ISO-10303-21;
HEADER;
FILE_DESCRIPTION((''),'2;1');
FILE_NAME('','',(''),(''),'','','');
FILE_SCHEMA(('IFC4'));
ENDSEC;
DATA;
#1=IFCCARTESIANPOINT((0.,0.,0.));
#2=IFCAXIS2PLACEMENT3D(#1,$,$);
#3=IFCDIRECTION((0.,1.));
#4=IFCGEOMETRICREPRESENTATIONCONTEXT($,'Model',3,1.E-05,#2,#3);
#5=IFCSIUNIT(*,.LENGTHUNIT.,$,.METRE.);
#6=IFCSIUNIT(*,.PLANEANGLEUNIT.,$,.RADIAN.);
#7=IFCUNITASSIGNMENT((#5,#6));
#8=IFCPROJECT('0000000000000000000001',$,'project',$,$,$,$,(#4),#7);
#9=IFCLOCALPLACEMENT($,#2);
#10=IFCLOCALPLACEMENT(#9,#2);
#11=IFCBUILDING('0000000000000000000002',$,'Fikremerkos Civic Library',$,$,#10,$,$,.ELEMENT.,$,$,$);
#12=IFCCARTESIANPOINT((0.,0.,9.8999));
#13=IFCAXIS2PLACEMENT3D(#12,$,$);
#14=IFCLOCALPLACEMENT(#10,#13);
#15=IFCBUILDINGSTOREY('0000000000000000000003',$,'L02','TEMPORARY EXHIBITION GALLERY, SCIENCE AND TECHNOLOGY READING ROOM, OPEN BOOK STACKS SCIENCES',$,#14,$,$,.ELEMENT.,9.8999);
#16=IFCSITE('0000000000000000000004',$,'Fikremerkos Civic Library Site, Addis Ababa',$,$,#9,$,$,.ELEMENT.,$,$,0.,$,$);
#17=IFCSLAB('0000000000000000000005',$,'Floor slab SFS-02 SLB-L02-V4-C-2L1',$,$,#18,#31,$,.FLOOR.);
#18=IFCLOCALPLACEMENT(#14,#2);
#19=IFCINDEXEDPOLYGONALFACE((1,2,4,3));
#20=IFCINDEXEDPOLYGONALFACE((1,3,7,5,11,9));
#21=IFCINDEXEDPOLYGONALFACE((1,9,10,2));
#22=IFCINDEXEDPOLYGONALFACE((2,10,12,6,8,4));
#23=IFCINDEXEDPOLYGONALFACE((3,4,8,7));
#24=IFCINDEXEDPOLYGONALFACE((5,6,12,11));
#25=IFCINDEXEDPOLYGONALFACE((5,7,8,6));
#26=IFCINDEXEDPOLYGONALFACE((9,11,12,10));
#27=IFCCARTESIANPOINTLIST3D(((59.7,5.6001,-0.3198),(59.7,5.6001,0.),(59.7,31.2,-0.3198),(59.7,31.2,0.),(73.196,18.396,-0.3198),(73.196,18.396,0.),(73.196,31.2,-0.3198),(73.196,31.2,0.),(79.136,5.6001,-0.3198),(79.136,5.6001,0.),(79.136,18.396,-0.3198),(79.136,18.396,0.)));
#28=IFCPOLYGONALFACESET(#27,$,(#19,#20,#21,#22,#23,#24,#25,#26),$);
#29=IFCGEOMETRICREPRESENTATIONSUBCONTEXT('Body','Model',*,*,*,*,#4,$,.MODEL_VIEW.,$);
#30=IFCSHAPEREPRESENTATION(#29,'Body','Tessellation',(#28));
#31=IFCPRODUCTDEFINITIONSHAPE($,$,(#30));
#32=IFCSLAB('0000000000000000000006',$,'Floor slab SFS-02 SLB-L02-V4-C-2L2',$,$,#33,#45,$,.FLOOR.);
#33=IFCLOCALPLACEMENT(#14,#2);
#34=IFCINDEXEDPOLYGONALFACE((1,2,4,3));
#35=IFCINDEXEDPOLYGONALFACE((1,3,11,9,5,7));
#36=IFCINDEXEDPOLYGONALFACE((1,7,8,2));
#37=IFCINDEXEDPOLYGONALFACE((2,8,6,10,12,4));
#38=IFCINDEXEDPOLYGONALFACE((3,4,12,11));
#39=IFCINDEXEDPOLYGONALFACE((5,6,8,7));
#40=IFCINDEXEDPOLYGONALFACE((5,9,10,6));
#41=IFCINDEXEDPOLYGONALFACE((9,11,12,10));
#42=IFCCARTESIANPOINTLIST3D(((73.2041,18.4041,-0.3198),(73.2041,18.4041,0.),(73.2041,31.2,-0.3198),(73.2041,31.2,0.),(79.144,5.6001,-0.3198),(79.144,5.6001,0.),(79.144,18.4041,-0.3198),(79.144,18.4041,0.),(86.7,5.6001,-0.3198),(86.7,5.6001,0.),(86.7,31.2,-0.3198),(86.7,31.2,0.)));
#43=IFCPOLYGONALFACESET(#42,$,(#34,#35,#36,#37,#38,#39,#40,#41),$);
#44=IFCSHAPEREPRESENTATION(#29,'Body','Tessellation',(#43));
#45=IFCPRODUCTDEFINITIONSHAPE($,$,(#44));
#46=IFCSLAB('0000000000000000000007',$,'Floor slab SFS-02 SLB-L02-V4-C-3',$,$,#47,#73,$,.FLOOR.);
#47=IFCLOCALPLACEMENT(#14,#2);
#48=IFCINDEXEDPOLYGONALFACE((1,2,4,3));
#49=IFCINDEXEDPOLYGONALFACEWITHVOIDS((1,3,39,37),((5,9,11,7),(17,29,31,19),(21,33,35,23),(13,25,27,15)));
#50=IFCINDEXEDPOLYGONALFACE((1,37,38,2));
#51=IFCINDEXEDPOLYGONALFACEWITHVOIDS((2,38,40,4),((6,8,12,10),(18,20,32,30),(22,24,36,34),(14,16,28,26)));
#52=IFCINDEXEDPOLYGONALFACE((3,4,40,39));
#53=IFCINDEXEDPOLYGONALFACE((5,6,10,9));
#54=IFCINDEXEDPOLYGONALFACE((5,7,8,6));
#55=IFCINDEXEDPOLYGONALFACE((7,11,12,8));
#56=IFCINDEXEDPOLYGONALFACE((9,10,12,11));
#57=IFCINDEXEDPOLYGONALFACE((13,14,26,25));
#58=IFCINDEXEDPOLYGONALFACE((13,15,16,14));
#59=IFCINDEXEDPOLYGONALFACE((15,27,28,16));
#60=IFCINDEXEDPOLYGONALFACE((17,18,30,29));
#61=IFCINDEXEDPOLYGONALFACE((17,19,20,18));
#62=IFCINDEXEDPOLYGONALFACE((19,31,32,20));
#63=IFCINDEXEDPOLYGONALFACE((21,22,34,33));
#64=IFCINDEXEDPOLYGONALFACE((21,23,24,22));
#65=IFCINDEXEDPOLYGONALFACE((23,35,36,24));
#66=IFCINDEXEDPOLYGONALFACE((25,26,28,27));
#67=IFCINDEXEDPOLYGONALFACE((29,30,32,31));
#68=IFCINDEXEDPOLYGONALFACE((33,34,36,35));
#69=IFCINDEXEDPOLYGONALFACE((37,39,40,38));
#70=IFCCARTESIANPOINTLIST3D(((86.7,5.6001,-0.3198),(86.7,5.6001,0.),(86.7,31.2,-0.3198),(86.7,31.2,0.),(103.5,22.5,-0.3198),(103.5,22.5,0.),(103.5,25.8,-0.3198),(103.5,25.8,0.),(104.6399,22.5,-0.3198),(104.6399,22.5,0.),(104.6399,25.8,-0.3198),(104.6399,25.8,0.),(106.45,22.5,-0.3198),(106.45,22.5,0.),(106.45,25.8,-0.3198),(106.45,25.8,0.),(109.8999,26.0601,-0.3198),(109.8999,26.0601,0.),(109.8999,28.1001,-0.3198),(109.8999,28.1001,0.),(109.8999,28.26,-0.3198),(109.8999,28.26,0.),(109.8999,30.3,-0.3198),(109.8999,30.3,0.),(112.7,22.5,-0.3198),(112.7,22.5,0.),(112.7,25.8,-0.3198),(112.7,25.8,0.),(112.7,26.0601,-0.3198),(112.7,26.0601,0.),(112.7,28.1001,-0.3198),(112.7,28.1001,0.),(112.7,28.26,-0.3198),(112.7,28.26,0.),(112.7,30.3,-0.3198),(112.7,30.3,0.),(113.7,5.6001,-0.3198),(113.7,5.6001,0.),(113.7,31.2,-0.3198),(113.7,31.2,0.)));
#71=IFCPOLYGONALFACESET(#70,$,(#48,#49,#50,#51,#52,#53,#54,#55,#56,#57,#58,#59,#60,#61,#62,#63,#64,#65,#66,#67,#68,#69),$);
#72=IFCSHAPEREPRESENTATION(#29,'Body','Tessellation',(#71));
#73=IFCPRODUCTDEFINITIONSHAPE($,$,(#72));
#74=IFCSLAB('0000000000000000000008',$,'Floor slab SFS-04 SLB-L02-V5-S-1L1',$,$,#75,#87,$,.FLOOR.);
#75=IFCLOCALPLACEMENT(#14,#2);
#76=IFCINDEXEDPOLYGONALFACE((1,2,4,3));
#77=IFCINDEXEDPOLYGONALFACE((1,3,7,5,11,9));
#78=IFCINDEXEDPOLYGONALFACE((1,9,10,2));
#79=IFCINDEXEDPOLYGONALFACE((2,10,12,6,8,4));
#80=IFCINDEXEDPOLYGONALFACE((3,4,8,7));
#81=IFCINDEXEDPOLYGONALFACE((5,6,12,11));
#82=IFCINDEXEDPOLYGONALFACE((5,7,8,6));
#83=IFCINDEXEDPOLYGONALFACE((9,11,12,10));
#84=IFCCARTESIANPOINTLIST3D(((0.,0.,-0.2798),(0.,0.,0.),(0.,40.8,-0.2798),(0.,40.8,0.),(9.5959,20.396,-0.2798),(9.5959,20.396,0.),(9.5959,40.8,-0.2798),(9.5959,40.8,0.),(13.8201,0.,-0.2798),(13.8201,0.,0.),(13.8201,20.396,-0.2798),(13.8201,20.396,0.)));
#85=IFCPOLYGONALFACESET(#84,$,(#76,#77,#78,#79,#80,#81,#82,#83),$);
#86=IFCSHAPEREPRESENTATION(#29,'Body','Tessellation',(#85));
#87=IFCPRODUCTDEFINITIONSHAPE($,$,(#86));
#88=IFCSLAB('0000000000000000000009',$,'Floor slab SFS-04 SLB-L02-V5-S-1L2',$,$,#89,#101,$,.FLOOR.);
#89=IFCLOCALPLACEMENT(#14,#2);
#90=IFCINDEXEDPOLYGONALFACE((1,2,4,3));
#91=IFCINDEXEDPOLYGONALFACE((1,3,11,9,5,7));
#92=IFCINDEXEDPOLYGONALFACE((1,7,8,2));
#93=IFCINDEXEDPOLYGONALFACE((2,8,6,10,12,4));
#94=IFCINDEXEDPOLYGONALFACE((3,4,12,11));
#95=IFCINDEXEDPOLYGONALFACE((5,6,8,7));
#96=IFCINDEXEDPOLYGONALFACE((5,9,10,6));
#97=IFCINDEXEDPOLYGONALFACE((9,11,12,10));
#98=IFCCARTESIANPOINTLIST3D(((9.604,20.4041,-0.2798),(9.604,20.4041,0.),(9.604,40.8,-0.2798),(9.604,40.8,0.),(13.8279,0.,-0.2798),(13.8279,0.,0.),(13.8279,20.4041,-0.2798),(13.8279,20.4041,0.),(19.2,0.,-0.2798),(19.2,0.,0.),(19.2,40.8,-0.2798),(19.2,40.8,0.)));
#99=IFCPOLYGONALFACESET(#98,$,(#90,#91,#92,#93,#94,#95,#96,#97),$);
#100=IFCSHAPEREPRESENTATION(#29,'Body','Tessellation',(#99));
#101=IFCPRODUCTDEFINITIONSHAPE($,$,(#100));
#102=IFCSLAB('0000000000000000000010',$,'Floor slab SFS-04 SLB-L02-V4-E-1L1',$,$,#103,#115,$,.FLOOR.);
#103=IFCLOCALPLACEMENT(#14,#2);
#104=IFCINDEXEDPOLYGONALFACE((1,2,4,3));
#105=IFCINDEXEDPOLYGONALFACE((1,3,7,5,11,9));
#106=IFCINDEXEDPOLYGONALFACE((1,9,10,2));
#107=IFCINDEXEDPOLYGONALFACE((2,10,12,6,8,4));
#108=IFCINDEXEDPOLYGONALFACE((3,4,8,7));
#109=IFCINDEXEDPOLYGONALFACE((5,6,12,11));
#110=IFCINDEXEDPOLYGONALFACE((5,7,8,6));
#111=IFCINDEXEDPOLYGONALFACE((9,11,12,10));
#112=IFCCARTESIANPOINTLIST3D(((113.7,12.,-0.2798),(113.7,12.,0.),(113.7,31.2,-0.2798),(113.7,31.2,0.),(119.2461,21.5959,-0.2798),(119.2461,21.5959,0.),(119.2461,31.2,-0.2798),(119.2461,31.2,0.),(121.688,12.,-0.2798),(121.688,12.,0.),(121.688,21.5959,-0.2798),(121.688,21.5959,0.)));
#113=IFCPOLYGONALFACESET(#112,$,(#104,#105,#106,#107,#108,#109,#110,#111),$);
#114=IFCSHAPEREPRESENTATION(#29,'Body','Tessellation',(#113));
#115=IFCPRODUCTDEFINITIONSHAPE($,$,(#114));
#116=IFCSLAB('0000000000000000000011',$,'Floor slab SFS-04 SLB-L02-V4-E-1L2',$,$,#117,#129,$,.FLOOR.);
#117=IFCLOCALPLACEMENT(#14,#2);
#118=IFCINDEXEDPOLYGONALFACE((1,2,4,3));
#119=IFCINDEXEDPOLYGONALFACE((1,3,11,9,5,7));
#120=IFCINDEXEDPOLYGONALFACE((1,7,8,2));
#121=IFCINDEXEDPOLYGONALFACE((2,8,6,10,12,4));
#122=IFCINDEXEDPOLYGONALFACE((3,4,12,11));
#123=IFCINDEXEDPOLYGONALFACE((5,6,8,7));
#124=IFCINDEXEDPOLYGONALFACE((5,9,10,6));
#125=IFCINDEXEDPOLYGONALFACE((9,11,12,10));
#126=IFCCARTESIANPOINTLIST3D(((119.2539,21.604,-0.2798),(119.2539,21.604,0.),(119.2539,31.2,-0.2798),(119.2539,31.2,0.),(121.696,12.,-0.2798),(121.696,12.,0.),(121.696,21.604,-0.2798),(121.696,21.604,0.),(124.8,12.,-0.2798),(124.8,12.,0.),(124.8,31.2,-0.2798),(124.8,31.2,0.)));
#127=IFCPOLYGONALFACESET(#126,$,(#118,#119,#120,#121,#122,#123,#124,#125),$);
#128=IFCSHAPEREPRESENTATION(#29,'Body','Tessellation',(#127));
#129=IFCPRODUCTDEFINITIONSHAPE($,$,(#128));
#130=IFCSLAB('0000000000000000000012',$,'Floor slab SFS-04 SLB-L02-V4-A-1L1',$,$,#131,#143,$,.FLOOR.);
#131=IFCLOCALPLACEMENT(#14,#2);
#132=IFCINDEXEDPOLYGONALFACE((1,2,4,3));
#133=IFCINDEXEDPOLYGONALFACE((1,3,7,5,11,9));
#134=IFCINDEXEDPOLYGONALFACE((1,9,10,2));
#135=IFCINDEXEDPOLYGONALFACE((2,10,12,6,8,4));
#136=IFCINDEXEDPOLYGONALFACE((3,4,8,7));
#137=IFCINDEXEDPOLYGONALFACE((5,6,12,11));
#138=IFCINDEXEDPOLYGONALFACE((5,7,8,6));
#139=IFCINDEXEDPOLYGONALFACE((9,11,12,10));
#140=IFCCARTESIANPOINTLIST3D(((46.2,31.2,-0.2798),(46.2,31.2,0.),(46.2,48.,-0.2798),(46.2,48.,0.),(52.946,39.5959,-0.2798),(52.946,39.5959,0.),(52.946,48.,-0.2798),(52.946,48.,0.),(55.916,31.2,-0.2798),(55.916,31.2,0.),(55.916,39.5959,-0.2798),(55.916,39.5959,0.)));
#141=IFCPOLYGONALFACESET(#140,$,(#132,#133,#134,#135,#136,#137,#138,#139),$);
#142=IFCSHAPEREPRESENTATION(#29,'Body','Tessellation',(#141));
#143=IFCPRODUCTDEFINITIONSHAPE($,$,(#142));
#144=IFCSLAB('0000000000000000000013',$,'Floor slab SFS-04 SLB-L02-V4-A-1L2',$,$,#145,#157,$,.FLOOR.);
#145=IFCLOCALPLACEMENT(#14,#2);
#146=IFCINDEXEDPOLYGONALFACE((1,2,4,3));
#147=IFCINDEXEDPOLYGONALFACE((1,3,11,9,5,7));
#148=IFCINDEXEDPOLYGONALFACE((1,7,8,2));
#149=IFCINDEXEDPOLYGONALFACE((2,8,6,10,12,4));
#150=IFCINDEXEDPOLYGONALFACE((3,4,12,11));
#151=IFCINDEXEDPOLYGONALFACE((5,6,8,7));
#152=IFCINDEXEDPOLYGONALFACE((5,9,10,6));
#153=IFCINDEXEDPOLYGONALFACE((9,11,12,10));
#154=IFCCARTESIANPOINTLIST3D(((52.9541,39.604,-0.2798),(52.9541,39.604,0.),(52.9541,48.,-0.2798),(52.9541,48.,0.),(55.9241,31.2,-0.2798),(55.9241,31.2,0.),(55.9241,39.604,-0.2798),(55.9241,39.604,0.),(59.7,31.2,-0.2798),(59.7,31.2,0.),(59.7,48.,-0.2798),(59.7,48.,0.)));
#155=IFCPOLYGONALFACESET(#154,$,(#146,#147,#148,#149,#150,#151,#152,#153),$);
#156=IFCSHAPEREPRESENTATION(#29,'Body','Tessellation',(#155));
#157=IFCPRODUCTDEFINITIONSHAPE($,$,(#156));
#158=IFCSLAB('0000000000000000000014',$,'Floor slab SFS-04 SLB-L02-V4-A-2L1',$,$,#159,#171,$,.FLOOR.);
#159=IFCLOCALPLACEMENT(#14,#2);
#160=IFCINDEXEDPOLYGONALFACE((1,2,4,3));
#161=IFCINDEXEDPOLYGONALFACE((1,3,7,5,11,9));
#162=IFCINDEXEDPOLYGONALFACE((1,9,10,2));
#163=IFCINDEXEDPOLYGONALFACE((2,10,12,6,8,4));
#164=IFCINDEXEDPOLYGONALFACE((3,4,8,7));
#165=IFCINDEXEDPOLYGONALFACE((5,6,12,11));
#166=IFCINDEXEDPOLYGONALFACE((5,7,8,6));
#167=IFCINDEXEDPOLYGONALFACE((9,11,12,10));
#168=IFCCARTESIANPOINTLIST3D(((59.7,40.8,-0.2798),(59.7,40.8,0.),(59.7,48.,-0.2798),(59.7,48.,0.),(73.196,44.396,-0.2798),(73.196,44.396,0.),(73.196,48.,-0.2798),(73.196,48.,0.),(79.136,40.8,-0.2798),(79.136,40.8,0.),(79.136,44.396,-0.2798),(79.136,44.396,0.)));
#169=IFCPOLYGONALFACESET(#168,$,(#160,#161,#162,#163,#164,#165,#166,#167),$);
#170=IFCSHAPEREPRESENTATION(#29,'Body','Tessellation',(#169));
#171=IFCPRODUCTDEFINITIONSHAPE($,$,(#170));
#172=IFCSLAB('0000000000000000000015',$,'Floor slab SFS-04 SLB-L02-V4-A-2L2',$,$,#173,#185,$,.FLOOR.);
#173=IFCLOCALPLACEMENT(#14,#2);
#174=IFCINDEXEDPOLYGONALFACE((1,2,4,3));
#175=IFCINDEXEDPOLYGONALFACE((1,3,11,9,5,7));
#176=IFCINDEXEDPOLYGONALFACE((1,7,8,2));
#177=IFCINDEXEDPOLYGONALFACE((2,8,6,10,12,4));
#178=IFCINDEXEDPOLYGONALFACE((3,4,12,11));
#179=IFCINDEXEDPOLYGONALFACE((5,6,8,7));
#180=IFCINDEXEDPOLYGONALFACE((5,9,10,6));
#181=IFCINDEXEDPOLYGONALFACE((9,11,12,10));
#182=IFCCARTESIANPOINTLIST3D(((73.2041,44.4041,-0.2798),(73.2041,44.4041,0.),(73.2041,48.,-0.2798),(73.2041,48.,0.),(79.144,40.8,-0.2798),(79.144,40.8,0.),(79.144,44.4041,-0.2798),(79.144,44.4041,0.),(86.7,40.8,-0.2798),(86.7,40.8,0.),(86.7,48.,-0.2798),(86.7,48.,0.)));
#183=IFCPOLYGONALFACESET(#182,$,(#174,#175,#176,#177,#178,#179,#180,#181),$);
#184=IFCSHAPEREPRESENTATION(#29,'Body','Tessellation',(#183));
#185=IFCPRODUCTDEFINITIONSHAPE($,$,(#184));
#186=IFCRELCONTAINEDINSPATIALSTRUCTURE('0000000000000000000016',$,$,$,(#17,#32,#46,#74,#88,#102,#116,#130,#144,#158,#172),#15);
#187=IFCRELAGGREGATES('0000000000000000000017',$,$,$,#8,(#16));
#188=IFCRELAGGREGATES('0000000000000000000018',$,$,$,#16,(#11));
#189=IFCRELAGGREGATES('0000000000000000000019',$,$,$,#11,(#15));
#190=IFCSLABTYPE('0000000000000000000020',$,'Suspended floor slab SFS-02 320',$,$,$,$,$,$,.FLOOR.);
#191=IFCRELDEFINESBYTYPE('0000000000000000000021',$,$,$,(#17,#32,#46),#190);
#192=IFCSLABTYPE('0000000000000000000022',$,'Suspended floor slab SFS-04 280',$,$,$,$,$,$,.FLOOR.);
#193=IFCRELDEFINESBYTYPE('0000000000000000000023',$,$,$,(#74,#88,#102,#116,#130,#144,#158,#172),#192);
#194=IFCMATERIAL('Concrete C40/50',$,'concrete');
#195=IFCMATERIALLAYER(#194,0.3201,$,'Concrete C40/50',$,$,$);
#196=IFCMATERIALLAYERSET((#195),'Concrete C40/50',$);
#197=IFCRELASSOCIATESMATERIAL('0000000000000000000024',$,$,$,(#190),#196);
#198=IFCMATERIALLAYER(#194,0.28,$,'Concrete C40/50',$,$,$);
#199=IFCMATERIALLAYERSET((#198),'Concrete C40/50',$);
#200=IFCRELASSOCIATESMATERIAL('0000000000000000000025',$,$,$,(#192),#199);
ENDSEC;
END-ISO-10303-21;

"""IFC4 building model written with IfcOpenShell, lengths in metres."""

from ifc_helpers import new_model, si_unit, direction, frame, origin, place, context, subcontext, project, spatial, polyline, outline, extrude, material, layer, layer_set, type_object, element, save


model = new_model("IFC4")

# Units and contexts
model_context = context("Model", 3, precision=1e-05, world=origin(), true_north=direction((0.0, 1.0)))
body_context = subcontext(model_context, "Body", "Model", "MODEL_VIEW")
ifc_project = project(units=[si_unit("LENGTHUNIT", "METRE"), si_unit("PLANEANGLEUNIT", "RADIAN")], contexts=[model_context])

# Site, building, storey
site_placement = place(None, origin())
site = spatial("IfcSite", under=ifc_project, at=site_placement, Name="Fikremerkos Civic Library Site, Addis Ababa", CompositionType="ELEMENT", RefElevation=0.0)
building_placement = place(site_placement, origin())
building = spatial("IfcBuilding", under=site, at=building_placement, Name="Fikremerkos Civic Library", CompositionType="ELEMENT")
storey_placement = place(building_placement, frame((0.0, 0.0, 9.8999)))
storey = spatial("IfcBuildingStorey", under=building, at=storey_placement, Name="L02", Description="TEMPORARY EXHIBITION GALLERY, SCIENCE AND TECHNOLOGY READING ROOM, OPEN BOOK STACKS SCIENCES", CompositionType="ELEMENT", Elevation=9.8999)

# Shared definitions
ifc_material_1 = material(Name="Concrete C40/50", Category="concrete")

# Slabs
ifc_layer_1 = layer(ifc_material_1, 0.3201, Name="Concrete C40/50")
ifc_layer_set_1 = layer_set([ifc_layer_1], Name="Concrete C40/50")
slab_type_1 = type_object("IfcSlabType", Name="Suspended floor slab SFS-02 320", PredefinedType="FLOOR", material=ifc_layer_set_1)
slab_1_placement = place(storey_placement, frame((0.0, 0.0, -0.3198)))
element("IfcSlab", 1, at=slab_1_placement, inside=storey, type_object=slab_type_1, Name="Floor slab SFS-02 SLB-L02-V4-C-2L1", PredefinedType="FLOOR", context=body_context, shape_type="SweptSolid", body=[
    extrude(outline(polyline([(59.7, 5.6001), (79.136, 5.6001), (79.136, 18.396), (73.196, 18.396), (73.196, 31.2), (59.7, 31.2), (59.7, 5.6001)])), origin(), (0.0, 0.0, 1.0), 0.3198),
])
slab_2_placement = place(storey_placement, frame((0.0, 0.0, -0.3198)))
element("IfcSlab", 2, at=slab_2_placement, inside=storey, type_object=slab_type_1, Name="Floor slab SFS-02 SLB-L02-V4-C-2L2", PredefinedType="FLOOR", context=body_context, shape_type="SweptSolid", body=[
    extrude(outline(polyline([(79.144, 5.6001), (86.7, 5.6001), (86.7, 31.2), (73.2041, 31.2), (73.2041, 18.4041), (79.144, 18.4041), (79.144, 5.6001)])), origin(), (0.0, 0.0, 1.0), 0.3198),
])
slab_3_placement = place(storey_placement, frame((0.0, 0.0, -0.3198)))
element("IfcSlab", 3, at=slab_3_placement, inside=storey, type_object=slab_type_1, Name="Floor slab SFS-02 SLB-L02-V4-C-3", PredefinedType="FLOOR", context=body_context, shape_type="SweptSolid", body=[
    extrude(outline(polyline([(86.7, 5.6001), (113.7, 5.6001), (113.7, 31.2), (86.7, 31.2), (86.7, 5.6001)]), holes=[polyline([(106.45, 22.5), (112.7, 22.5), (112.7, 25.8), (106.45, 25.8), (106.45, 22.5)]), polyline([(109.8999, 26.0601), (112.7, 26.0601), (112.7, 28.1001), (109.8999, 28.1001), (109.8999, 26.0601)]), polyline([(109.8999, 28.26), (112.7, 28.26), (112.7, 30.3), (109.8999, 30.3), (109.8999, 28.26)]), polyline([(103.5, 22.5), (104.6399, 22.5), (104.6399, 25.8), (103.5, 25.8), (103.5, 22.5)])]), origin(), (0.0, 0.0, 1.0), 0.3198),
])
ifc_layer_2 = layer(ifc_material_1, 0.28, Name="Concrete C40/50")
ifc_layer_set_2 = layer_set([ifc_layer_2], Name="Concrete C40/50")
slab_type_2 = type_object("IfcSlabType", Name="Suspended floor slab SFS-04 280", PredefinedType="FLOOR", material=ifc_layer_set_2)
slab_4_placement = place(storey_placement, frame((0.0, 0.0, -0.2798)))
element("IfcSlab", 4, at=slab_4_placement, inside=storey, type_object=slab_type_2, Name="Floor slab SFS-04 SLB-L02-V5-S-1L1", PredefinedType="FLOOR", context=body_context, shape_type="SweptSolid", body=[
    extrude(outline(polyline([(0.0, 0.0), (13.8201, 0.0), (13.8201, 20.396), (9.5959, 20.396), (9.5959, 40.8), (0.0, 40.8), (0.0, 0.0)])), origin(), (0.0, 0.0, 1.0), 0.2798),
])
slab_5_placement = place(storey_placement, frame((0.0, 0.0, -0.2798)))
element("IfcSlab", 5, at=slab_5_placement, inside=storey, type_object=slab_type_2, Name="Floor slab SFS-04 SLB-L02-V5-S-1L2", PredefinedType="FLOOR", context=body_context, shape_type="SweptSolid", body=[
    extrude(outline(polyline([(13.8279, 0.0), (19.2, 0.0), (19.2, 40.8), (9.604, 40.8), (9.604, 20.4041), (13.8279, 20.4041), (13.8279, 0.0)])), origin(), (0.0, 0.0, 1.0), 0.2798),
])
slab_6_placement = place(storey_placement, frame((0.0, 0.0, -0.2798)))
element("IfcSlab", 6, at=slab_6_placement, inside=storey, type_object=slab_type_2, Name="Floor slab SFS-04 SLB-L02-V4-E-1L1", PredefinedType="FLOOR", context=body_context, shape_type="SweptSolid", body=[
    extrude(outline(polyline([(113.7, 12.0), (121.688, 12.0), (121.688, 21.5959), (119.2461, 21.5959), (119.2461, 31.2), (113.7, 31.2), (113.7, 12.0)])), origin(), (0.0, 0.0, 1.0), 0.2798),
])
slab_7_placement = place(storey_placement, frame((0.0, 0.0, -0.2798)))
element("IfcSlab", 7, at=slab_7_placement, inside=storey, type_object=slab_type_2, Name="Floor slab SFS-04 SLB-L02-V4-E-1L2", PredefinedType="FLOOR", context=body_context, shape_type="SweptSolid", body=[
    extrude(outline(polyline([(121.696, 12.0), (124.8, 12.0), (124.8, 31.2), (119.2539, 31.2), (119.2539, 21.604), (121.696, 21.604), (121.696, 12.0)])), origin(), (0.0, 0.0, 1.0), 0.2798),
])
slab_8_placement = place(storey_placement, frame((0.0, 0.0, -0.2798)))
element("IfcSlab", 8, at=slab_8_placement, inside=storey, type_object=slab_type_2, Name="Floor slab SFS-04 SLB-L02-V4-A-1L1", PredefinedType="FLOOR", context=body_context, shape_type="SweptSolid", body=[
    extrude(outline(polyline([(46.2, 31.2), (55.916, 31.2), (55.916, 39.5959), (52.946, 39.5959), (52.946, 48.0), (46.2, 48.0), (46.2, 31.2)])), origin(), (0.0, 0.0, 1.0), 0.2798),
])
slab_9_placement = place(storey_placement, frame((0.0, 0.0, -0.2798)))
element("IfcSlab", 9, at=slab_9_placement, inside=storey, type_object=slab_type_2, Name="Floor slab SFS-04 SLB-L02-V4-A-1L2", PredefinedType="FLOOR", context=body_context, shape_type="SweptSolid", body=[
    extrude(outline(polyline([(55.9241, 31.2), (59.7, 31.2), (59.7, 48.0), (52.9541, 48.0), (52.9541, 39.604), (55.9241, 39.604), (55.9241, 31.2)])), origin(), (0.0, 0.0, 1.0), 0.2798),
])
slab_10_placement = place(storey_placement, frame((0.0, 0.0, -0.2798)))
element("IfcSlab", 10, at=slab_10_placement, inside=storey, type_object=slab_type_2, Name="Floor slab SFS-04 SLB-L02-V4-A-2L1", PredefinedType="FLOOR", context=body_context, shape_type="SweptSolid", body=[
    extrude(outline(polyline([(59.7, 40.8), (79.136, 40.8), (79.136, 44.396), (73.196, 44.396), (73.196, 48.0), (59.7, 48.0), (59.7, 40.8)])), origin(), (0.0, 0.0, 1.0), 0.2798),
])
slab_11_placement = place(storey_placement, frame((0.0, 0.0, -0.2798)))
element("IfcSlab", 11, at=slab_11_placement, inside=storey, type_object=slab_type_2, Name="Floor slab SFS-04 SLB-L02-V4-A-2L2", PredefinedType="FLOOR", context=body_context, shape_type="SweptSolid", body=[
    extrude(outline(polyline([(79.144, 40.8), (86.7, 40.8), (86.7, 48.0), (73.2041, 48.0), (73.2041, 44.4041), (79.144, 44.4041), (79.144, 40.8)])), origin(), (0.0, 0.0, 1.0), 0.2798),
])

save(model, "model.ifc")
